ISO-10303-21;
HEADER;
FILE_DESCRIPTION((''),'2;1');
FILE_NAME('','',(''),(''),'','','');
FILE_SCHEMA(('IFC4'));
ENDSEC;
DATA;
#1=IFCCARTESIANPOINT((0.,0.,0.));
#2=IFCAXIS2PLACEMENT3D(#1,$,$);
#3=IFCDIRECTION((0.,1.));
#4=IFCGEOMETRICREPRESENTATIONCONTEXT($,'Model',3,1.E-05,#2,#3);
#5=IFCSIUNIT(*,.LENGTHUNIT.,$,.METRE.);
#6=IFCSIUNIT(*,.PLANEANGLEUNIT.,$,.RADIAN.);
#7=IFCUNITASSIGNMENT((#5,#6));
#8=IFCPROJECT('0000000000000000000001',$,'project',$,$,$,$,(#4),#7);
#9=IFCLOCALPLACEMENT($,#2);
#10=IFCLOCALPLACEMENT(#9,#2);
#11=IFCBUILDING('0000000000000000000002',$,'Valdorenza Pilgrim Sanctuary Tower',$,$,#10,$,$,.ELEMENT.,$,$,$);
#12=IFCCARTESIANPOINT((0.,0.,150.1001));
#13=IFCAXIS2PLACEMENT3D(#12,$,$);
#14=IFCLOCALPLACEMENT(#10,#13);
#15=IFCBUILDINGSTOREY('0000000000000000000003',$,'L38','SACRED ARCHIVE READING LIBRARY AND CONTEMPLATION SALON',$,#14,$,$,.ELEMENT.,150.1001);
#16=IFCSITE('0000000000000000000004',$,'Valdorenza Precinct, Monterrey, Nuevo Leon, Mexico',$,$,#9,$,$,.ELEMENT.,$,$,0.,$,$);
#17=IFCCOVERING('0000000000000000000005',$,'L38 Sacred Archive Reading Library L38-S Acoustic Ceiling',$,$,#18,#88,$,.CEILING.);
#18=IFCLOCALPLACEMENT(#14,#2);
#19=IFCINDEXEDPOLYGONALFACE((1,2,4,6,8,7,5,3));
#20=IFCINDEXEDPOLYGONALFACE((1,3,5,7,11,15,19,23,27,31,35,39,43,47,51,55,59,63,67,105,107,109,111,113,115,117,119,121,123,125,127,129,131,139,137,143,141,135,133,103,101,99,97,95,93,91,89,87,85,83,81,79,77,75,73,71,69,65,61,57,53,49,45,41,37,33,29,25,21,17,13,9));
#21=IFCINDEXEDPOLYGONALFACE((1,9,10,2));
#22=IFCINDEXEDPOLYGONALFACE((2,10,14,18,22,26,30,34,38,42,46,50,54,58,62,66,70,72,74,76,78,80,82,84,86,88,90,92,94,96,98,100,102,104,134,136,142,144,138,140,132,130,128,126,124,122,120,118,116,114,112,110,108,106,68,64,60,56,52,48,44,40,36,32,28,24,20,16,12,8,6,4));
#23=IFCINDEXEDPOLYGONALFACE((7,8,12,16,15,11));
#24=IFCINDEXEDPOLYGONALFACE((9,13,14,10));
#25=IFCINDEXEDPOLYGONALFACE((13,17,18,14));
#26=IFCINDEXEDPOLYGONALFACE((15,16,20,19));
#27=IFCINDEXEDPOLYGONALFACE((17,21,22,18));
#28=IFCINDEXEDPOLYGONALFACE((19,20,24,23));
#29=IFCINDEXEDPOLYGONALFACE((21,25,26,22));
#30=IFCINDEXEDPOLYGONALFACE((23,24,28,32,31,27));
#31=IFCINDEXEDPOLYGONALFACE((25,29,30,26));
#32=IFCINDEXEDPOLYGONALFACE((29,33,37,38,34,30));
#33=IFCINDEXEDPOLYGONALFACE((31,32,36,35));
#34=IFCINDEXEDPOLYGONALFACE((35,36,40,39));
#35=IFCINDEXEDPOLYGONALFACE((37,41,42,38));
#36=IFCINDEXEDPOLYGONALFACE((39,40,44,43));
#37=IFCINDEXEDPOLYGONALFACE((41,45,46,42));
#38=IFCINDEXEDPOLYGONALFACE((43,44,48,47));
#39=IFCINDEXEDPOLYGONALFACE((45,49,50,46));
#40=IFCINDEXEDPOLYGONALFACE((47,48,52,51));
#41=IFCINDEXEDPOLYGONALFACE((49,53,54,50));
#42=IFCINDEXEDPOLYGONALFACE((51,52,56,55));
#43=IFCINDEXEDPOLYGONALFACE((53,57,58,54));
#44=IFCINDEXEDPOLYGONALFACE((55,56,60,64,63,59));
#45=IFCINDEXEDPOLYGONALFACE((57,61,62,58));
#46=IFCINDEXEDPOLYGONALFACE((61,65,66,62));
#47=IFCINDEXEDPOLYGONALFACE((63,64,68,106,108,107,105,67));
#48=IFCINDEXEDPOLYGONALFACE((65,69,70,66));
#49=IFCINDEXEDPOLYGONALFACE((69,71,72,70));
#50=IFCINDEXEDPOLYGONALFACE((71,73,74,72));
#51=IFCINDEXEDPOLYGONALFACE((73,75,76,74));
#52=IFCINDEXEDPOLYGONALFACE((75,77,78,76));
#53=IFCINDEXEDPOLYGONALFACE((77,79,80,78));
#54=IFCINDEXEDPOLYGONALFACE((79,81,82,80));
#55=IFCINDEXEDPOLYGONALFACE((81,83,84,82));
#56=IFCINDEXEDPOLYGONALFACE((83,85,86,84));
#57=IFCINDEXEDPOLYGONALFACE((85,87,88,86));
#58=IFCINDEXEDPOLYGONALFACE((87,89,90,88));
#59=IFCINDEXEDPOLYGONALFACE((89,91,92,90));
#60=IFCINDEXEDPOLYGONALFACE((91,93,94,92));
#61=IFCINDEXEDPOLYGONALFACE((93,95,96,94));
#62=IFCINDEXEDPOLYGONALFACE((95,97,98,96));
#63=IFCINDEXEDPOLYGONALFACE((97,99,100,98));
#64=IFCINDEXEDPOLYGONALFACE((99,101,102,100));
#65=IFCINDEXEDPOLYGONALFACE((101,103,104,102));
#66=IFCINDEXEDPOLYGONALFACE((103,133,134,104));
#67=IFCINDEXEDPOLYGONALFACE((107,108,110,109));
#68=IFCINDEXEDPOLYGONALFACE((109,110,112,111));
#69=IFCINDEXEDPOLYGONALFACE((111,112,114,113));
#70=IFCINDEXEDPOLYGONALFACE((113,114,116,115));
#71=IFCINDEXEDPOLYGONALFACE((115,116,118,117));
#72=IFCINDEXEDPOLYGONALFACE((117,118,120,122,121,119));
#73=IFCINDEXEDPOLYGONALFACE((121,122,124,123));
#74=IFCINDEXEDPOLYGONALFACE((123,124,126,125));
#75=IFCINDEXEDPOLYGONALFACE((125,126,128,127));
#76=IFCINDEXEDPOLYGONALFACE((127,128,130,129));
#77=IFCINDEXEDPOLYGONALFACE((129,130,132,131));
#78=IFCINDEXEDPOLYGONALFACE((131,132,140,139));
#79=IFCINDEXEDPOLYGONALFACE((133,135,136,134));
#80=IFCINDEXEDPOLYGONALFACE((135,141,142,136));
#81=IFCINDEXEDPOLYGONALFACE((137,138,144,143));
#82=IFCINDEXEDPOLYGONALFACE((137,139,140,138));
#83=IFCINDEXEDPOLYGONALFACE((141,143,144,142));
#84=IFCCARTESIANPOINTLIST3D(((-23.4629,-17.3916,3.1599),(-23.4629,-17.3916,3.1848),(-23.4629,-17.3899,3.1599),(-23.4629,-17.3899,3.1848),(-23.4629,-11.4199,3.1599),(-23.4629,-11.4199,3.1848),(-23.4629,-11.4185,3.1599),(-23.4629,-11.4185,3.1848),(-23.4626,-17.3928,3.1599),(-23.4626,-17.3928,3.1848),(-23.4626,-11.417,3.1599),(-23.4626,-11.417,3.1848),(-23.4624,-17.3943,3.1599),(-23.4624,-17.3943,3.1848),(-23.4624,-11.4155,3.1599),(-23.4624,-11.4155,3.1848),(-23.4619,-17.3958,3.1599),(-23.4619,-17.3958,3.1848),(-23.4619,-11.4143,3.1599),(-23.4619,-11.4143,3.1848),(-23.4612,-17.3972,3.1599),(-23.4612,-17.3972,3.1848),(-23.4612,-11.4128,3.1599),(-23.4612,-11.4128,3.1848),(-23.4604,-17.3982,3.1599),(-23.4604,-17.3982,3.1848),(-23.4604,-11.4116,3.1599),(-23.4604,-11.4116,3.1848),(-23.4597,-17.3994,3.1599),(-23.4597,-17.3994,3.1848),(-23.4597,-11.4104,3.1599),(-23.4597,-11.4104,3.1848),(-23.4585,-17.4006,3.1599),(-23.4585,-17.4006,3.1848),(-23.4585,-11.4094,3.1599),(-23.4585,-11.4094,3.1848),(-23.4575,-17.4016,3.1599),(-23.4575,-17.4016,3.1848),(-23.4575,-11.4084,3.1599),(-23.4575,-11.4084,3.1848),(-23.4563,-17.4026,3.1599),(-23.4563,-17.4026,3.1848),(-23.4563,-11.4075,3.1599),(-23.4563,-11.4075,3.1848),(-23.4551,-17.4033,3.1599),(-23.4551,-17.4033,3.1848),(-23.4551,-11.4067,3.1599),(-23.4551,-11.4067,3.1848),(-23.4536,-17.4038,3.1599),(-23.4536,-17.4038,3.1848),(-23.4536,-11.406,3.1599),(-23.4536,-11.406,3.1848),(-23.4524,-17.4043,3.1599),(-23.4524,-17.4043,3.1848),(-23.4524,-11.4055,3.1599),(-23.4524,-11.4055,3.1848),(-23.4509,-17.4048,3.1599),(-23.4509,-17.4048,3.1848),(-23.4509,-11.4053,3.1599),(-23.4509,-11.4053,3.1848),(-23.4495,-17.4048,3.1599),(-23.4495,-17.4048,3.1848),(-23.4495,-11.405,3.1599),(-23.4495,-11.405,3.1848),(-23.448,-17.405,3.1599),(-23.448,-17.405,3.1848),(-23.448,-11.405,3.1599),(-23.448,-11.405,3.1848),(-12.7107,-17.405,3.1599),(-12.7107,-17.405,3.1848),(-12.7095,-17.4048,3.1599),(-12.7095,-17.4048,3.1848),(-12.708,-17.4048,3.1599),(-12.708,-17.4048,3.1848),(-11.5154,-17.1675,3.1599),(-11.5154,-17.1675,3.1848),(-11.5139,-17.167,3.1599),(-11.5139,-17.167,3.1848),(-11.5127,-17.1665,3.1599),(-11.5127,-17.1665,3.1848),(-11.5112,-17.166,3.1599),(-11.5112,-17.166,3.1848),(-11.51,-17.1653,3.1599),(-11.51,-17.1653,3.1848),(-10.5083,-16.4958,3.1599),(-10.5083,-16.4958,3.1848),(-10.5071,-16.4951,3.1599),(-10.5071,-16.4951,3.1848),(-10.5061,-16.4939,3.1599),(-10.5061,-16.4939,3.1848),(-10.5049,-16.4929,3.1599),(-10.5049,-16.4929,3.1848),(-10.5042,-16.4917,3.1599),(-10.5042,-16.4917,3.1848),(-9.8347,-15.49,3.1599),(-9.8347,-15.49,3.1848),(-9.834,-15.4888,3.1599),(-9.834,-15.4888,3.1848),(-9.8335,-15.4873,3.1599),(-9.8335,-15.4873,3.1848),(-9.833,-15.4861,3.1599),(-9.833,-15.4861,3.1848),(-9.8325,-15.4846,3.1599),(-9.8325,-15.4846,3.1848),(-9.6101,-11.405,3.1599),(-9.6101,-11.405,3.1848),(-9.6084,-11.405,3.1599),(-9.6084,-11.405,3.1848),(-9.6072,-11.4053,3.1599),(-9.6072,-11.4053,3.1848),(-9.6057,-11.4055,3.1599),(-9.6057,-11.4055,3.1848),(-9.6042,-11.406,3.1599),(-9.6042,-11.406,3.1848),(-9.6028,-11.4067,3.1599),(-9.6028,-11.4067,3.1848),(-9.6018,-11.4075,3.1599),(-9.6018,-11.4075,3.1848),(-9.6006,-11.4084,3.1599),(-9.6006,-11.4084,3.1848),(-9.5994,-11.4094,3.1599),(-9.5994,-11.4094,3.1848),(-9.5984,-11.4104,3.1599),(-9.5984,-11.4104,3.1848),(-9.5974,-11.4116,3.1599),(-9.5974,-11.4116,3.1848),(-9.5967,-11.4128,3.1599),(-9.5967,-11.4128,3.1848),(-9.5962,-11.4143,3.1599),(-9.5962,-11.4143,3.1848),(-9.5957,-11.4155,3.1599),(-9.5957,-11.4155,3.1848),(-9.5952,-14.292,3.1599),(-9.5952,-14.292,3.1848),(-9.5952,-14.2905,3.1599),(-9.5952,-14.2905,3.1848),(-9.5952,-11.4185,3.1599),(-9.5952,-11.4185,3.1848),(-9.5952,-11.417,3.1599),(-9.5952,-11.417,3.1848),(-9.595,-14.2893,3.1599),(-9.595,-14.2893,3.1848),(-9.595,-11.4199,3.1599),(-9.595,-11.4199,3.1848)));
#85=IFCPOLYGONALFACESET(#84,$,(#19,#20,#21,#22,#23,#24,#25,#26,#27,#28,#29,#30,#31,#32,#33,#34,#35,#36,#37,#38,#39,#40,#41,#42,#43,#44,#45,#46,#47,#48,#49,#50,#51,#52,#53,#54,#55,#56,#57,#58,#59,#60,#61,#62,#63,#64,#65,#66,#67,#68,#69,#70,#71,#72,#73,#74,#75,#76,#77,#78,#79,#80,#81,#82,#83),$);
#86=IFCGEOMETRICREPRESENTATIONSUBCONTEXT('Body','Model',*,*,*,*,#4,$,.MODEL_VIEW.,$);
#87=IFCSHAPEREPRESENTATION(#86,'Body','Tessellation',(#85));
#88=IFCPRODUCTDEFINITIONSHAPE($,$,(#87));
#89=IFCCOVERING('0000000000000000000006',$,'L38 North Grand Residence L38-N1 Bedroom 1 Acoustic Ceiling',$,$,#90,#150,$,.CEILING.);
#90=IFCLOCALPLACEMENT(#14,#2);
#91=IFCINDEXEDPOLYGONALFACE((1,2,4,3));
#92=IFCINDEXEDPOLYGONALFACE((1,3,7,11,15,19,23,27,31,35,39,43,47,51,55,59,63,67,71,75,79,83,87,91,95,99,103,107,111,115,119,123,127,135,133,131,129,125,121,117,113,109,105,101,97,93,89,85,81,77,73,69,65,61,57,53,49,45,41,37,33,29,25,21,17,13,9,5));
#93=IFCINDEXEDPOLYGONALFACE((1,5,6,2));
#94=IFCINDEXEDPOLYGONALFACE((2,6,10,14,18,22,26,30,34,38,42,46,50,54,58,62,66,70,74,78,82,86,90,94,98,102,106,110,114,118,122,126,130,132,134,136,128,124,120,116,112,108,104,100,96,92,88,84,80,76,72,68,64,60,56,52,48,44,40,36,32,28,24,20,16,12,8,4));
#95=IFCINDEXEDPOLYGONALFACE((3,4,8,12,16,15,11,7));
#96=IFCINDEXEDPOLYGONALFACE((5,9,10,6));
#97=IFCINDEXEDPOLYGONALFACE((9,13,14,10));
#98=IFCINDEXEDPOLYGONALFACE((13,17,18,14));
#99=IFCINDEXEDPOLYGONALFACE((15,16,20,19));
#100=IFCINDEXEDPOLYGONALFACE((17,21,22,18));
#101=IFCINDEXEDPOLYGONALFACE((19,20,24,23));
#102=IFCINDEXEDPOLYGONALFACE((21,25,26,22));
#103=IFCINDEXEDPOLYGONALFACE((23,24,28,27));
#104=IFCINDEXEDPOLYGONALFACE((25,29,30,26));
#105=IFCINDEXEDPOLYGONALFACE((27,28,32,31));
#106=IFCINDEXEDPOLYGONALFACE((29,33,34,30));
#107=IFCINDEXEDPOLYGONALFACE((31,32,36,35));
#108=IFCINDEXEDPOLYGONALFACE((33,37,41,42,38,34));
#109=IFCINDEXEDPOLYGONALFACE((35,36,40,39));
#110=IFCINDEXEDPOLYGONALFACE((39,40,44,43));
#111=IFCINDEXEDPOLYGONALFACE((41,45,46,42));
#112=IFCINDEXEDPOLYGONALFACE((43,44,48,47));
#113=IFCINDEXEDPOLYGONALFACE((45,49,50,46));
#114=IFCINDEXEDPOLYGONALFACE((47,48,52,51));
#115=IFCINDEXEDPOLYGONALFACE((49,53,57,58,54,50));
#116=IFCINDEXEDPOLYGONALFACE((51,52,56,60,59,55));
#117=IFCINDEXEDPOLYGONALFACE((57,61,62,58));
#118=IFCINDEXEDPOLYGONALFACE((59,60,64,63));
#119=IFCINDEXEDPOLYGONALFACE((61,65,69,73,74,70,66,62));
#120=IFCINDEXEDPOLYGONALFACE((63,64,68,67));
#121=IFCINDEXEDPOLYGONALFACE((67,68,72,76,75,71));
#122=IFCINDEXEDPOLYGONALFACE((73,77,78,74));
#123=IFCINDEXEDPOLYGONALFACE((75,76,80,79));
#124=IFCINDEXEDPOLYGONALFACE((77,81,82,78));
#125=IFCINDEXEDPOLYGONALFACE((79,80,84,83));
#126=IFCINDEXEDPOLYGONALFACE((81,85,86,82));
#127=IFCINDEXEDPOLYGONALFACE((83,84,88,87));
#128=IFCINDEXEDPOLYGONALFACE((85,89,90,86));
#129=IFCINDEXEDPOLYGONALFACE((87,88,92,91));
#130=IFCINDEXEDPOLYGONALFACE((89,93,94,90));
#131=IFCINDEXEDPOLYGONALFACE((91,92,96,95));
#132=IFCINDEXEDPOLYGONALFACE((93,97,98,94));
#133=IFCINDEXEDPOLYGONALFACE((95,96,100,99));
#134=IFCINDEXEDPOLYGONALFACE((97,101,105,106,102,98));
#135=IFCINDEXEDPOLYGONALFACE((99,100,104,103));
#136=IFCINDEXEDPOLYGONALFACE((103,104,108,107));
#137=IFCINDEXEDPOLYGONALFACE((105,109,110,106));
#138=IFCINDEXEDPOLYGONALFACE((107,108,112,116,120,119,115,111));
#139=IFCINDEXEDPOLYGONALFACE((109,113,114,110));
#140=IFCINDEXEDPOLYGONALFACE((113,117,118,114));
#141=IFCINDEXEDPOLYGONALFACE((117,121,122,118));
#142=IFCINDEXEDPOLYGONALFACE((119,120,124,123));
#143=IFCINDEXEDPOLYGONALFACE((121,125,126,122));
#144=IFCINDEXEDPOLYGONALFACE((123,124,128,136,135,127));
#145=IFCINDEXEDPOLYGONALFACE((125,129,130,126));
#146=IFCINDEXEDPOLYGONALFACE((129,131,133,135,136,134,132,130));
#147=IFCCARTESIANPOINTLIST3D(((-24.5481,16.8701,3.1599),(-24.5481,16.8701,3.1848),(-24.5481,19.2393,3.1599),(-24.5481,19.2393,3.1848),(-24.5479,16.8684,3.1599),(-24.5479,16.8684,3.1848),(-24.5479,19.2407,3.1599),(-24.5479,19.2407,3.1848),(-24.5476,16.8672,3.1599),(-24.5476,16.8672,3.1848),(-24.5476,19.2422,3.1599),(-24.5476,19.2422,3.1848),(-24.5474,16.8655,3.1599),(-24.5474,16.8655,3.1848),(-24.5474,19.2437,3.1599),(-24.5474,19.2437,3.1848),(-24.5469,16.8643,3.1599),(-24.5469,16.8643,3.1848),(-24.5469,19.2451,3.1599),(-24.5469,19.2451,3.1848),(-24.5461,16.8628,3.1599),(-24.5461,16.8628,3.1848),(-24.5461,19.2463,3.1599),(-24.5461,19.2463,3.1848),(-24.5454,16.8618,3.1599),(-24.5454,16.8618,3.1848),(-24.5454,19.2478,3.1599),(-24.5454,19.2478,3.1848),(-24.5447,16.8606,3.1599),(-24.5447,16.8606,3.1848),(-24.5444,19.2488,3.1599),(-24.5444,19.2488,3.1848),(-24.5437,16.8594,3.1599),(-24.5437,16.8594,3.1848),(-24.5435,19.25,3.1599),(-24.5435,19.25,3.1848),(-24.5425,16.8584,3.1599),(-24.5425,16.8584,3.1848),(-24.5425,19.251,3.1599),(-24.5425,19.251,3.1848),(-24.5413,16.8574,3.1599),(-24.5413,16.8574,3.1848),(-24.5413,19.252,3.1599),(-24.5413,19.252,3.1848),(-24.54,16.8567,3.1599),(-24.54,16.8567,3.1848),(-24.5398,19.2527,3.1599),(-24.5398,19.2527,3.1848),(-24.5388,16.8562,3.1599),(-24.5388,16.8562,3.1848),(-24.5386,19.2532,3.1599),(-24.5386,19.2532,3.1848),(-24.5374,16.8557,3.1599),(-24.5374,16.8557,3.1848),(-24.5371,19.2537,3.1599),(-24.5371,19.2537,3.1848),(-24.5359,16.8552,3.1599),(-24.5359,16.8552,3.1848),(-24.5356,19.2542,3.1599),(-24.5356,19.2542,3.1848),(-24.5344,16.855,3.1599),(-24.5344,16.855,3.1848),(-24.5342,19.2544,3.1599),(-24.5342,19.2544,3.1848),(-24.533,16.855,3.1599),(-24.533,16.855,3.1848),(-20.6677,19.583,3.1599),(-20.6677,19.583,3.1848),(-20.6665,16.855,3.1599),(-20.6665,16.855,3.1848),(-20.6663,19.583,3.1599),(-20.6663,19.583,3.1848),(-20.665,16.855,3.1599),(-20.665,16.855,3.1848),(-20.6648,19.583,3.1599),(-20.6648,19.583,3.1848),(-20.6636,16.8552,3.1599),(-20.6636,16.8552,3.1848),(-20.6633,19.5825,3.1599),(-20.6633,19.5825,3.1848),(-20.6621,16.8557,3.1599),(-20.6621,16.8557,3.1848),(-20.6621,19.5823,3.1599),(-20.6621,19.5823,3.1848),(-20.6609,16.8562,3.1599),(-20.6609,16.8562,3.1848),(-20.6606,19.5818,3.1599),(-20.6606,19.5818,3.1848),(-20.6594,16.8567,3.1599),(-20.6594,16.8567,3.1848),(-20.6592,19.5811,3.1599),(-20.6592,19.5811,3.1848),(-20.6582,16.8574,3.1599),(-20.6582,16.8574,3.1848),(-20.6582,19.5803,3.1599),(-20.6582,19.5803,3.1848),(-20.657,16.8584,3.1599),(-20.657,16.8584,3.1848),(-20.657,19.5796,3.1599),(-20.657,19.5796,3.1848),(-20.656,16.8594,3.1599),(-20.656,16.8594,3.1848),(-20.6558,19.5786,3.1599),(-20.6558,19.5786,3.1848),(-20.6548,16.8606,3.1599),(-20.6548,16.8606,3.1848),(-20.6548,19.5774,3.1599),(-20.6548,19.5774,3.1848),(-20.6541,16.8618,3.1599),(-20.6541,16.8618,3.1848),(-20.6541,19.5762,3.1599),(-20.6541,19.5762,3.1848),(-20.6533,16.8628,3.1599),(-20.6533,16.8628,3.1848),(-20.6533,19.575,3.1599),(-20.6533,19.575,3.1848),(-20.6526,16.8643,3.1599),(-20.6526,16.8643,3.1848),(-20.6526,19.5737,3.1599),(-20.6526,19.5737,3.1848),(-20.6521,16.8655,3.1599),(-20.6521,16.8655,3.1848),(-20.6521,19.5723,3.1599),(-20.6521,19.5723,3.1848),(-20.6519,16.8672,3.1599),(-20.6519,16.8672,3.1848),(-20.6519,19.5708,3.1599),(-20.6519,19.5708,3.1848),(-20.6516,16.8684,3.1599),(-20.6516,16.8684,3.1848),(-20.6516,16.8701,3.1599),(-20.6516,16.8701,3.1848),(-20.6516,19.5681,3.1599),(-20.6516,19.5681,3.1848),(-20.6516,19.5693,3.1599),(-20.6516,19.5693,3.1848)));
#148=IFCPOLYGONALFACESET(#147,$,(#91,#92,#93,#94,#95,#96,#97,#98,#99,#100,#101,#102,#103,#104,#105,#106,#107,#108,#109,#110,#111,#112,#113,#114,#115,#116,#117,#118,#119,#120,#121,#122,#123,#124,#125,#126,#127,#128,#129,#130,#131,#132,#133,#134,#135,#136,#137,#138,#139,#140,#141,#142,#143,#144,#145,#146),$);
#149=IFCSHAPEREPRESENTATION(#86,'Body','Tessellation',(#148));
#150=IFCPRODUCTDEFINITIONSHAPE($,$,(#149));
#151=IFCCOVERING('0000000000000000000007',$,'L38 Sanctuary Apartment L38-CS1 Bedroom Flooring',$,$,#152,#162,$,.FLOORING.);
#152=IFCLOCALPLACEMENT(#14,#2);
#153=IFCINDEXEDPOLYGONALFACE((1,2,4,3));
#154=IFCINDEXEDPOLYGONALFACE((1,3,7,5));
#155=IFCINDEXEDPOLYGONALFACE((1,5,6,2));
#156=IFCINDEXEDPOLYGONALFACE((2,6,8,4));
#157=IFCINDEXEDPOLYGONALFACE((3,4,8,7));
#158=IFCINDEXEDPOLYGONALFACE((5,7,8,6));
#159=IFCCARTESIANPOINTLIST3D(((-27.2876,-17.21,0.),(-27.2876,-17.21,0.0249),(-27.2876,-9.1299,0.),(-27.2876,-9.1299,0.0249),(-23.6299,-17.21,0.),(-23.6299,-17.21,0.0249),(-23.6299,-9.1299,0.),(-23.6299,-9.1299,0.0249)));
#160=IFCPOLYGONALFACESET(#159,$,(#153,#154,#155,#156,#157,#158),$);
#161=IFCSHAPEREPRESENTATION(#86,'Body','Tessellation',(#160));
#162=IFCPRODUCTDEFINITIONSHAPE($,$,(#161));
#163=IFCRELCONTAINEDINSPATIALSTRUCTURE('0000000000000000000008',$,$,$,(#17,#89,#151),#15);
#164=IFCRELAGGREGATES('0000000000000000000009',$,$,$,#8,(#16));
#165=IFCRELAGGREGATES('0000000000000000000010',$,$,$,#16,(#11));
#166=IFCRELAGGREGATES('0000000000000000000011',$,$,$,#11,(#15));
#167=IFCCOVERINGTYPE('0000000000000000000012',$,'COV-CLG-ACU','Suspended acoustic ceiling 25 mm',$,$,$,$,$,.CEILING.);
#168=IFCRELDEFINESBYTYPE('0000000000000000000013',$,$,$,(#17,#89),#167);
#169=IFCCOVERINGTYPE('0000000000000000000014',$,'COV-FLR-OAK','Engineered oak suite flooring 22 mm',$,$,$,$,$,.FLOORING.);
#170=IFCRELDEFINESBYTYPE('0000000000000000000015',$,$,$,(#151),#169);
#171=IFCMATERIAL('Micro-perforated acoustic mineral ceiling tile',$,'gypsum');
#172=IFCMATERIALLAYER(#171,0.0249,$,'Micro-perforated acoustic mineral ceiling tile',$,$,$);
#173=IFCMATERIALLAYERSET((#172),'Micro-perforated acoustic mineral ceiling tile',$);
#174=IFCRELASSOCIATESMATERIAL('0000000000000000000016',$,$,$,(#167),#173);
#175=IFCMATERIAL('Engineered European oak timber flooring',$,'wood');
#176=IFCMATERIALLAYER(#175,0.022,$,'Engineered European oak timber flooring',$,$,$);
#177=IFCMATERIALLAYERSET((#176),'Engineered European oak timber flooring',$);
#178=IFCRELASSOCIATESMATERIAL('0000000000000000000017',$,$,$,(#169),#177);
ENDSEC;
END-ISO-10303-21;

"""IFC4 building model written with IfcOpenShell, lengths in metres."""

from ifc_helpers import new_model, si_unit, direction, frame, origin, place, context, subcontext, project, spatial, polyline, outline, extrude, material, layer, layer_set, type_object, element, save


model = new_model("IFC4")

# Units and contexts
model_context = context("Model", 3, precision=1e-05, world=origin(), true_north=direction((0.0, 1.0)))
body_context = subcontext(model_context, "Body", "Model", "MODEL_VIEW")
ifc_project = project(units=[si_unit("LENGTHUNIT", "METRE"), si_unit("PLANEANGLEUNIT", "RADIAN")], contexts=[model_context])

# Site, building, storey
site_placement = place(None, origin())
site = spatial("IfcSite", under=ifc_project, at=site_placement, Name="Valdorenza Precinct, Monterrey, Nuevo Leon, Mexico", CompositionType="ELEMENT", RefElevation=0.0)
building_placement = place(site_placement, origin())
building = spatial("IfcBuilding", under=site, at=building_placement, Name="Valdorenza Pilgrim Sanctuary Tower", CompositionType="ELEMENT")
storey_placement = place(building_placement, frame((0.0, 0.0, 150.1001)))
storey = spatial("IfcBuildingStorey", under=building, at=storey_placement, Name="L38", Description="SACRED ARCHIVE READING LIBRARY AND CONTEMPLATION SALON", CompositionType="ELEMENT", Elevation=150.1001)

# Coverings
ifc_material_1 = material(Name="Micro-perforated acoustic mineral ceiling tile", Category="gypsum")
ifc_layer_1 = layer(ifc_material_1, 0.0249, Name="Micro-perforated acoustic mineral ceiling tile")
ifc_layer_set_1 = layer_set([ifc_layer_1], Name="Micro-perforated acoustic mineral ceiling tile")
covering_type_1 = type_object("IfcCoveringType", Name="COV-CLG-ACU", Description="Suspended acoustic ceiling 25 mm", PredefinedType="CEILING", material=ifc_layer_set_1)
covering_1_placement = place(storey_placement, frame((0.0, 0.0, 3.1599)))
element("IfcCovering", 1, at=covering_1_placement, inside=storey, type_object=covering_type_1, Name="L38 Sacred Archive Reading Library L38-S Acoustic Ceiling", PredefinedType="CEILING", context=body_context, shape_type="SweptSolid", body=[
    extrude(outline(polyline([(-9.6101, -11.405), (-9.6084, -11.405), (-9.6072, -11.4053), (-9.6057, -11.4055), (-9.6042, -11.406), (-9.6028, -11.4067), (-9.6018, -11.4075), (-9.6006, -11.4084), (-9.5994, -11.4094), (-9.5984, -11.4104), (-9.5974, -11.4116), (-9.5967, -11.4128), (-9.5962, -11.4143), (-9.5957, -11.4155), (-9.5952, -11.417), (-9.5952, -11.4185), (-9.595, -11.4199), (-9.595, -14.2893), (-9.5952, -14.2905), (-9.5952, -14.292), (-9.8325, -15.4846), (-9.833, -15.4861), (-9.8335, -15.4873), (-9.834, -15.4888), (-9.8347, -15.49), (-10.5042, -16.4917), (-10.5049, -16.4929), (-10.5061, -16.4939), (-10.5071, -16.4951), (-10.5083, -16.4958), (-11.51, -17.1653), (-11.5112, -17.166), (-11.5127, -17.1665), (-11.5139, -17.167), (-11.5154, -17.1675), (-12.708, -17.4048), (-12.7095, -17.4048), (-12.7107, -17.405), (-23.448, -17.405), (-23.4495, -17.4048), (-23.4509, -17.4048), (-23.4524, -17.4043), (-23.4536, -17.4038), (-23.4551, -17.4033), (-23.4563, -17.4026), (-23.4575, -17.4016), (-23.4585, -17.4006), (-23.4597, -17.3994), (-23.4604, -17.3982), (-23.4612, -17.3972), (-23.4619, -17.3958), (-23.4624, -17.3943), (-23.4626, -17.3928), (-23.4629, -17.3916), (-23.4629, -17.3899), (-23.4629, -11.4199), (-23.4629, -11.4185), (-23.4626, -11.417), (-23.4624, -11.4155), (-23.4619, -11.4143), (-23.4612, -11.4128), (-23.4604, -11.4116), (-23.4597, -11.4104), (-23.4585, -11.4094), (-23.4575, -11.4084), (-23.4563, -11.4075), (-23.4551, -11.4067), (-23.4536, -11.406), (-23.4524, -11.4055), (-23.4509, -11.4053), (-23.4495, -11.405), (-23.448, -11.405), (-9.6101, -11.405)])), origin(), (0.0, 0.0, 1.0), 0.0249),
])
covering_2_placement = place(storey_placement, frame((0.0, 0.0, 3.1599)))
element("IfcCovering", 2, at=covering_2_placement, inside=storey, type_object=covering_type_1, Name="L38 North Grand Residence L38-N1 Bedroom 1 Acoustic Ceiling", PredefinedType="CEILING", context=body_context, shape_type="SweptSolid", body=[
    extrude(outline(polyline([(-24.533, 16.855), (-24.5344, 16.855), (-24.5359, 16.8552), (-24.5374, 16.8557), (-24.5388, 16.8562), (-24.54, 16.8567), (-24.5413, 16.8574), (-24.5425, 16.8584), (-24.5437, 16.8594), (-24.5447, 16.8606), (-24.5454, 16.8618), (-24.5461, 16.8628), (-24.5469, 16.8643), (-24.5474, 16.8655), (-24.5476, 16.8672), (-24.5479, 16.8684), (-24.5481, 16.8701), (-24.5481, 19.2393), (-24.5479, 19.2407), (-24.5476, 19.2422), (-24.5474, 19.2437), (-24.5469, 19.2451), (-24.5461, 19.2463), (-24.5454, 19.2478), (-24.5444, 19.2488), (-24.5435, 19.25), (-24.5425, 19.251), (-24.5413, 19.252), (-24.5398, 19.2527), (-24.5386, 19.2532), (-24.5371, 19.2537), (-24.5356, 19.2542), (-24.5342, 19.2544), (-20.6677, 19.583), (-20.6663, 19.583), (-20.6648, 19.583), (-20.6633, 19.5825), (-20.6621, 19.5823), (-20.6606, 19.5818), (-20.6592, 19.5811), (-20.6582, 19.5803), (-20.657, 19.5796), (-20.6558, 19.5786), (-20.6548, 19.5774), (-20.6541, 19.5762), (-20.6533, 19.575), (-20.6526, 19.5737), (-20.6521, 19.5723), (-20.6519, 19.5708), (-20.6516, 19.5693), (-20.6516, 19.5681), (-20.6516, 16.8701), (-20.6516, 16.8684), (-20.6519, 16.8672), (-20.6521, 16.8655), (-20.6526, 16.8643), (-20.6533, 16.8628), (-20.6541, 16.8618), (-20.6548, 16.8606), (-20.656, 16.8594), (-20.657, 16.8584), (-20.6582, 16.8574), (-20.6594, 16.8567), (-20.6609, 16.8562), (-20.6621, 16.8557), (-20.6636, 16.8552), (-20.665, 16.855), (-20.6665, 16.855), (-24.533, 16.855)])), origin(), (0.0, 0.0, 1.0), 0.0249),
])
ifc_material_2 = material(Name="Engineered European oak timber flooring", Category="wood")
ifc_layer_2 = layer(ifc_material_2, 0.022, Name="Engineered European oak timber flooring")
ifc_layer_set_2 = layer_set([ifc_layer_2], Name="Engineered European oak timber flooring")
covering_type_2 = type_object("IfcCoveringType", Name="COV-FLR-OAK", Description="Engineered oak suite flooring 22 mm", PredefinedType="FLOORING", material=ifc_layer_set_2)
covering_3_placement = place(storey_placement, origin())
element("IfcCovering", 3, at=covering_3_placement, inside=storey, type_object=covering_type_2, Name="L38 Sanctuary Apartment L38-CS1 Bedroom Flooring", PredefinedType="FLOORING", context=body_context, shape_type="SweptSolid", body=[
    extrude(outline(polyline([(-27.2876, -9.1299), (-23.6299, -9.1299), (-23.6299, -17.21), (-27.2876, -17.21), (-27.2876, -9.1299)])), origin(), (0.0, 0.0, 1.0), 0.0249),
])

save(model, "model.ifc")
